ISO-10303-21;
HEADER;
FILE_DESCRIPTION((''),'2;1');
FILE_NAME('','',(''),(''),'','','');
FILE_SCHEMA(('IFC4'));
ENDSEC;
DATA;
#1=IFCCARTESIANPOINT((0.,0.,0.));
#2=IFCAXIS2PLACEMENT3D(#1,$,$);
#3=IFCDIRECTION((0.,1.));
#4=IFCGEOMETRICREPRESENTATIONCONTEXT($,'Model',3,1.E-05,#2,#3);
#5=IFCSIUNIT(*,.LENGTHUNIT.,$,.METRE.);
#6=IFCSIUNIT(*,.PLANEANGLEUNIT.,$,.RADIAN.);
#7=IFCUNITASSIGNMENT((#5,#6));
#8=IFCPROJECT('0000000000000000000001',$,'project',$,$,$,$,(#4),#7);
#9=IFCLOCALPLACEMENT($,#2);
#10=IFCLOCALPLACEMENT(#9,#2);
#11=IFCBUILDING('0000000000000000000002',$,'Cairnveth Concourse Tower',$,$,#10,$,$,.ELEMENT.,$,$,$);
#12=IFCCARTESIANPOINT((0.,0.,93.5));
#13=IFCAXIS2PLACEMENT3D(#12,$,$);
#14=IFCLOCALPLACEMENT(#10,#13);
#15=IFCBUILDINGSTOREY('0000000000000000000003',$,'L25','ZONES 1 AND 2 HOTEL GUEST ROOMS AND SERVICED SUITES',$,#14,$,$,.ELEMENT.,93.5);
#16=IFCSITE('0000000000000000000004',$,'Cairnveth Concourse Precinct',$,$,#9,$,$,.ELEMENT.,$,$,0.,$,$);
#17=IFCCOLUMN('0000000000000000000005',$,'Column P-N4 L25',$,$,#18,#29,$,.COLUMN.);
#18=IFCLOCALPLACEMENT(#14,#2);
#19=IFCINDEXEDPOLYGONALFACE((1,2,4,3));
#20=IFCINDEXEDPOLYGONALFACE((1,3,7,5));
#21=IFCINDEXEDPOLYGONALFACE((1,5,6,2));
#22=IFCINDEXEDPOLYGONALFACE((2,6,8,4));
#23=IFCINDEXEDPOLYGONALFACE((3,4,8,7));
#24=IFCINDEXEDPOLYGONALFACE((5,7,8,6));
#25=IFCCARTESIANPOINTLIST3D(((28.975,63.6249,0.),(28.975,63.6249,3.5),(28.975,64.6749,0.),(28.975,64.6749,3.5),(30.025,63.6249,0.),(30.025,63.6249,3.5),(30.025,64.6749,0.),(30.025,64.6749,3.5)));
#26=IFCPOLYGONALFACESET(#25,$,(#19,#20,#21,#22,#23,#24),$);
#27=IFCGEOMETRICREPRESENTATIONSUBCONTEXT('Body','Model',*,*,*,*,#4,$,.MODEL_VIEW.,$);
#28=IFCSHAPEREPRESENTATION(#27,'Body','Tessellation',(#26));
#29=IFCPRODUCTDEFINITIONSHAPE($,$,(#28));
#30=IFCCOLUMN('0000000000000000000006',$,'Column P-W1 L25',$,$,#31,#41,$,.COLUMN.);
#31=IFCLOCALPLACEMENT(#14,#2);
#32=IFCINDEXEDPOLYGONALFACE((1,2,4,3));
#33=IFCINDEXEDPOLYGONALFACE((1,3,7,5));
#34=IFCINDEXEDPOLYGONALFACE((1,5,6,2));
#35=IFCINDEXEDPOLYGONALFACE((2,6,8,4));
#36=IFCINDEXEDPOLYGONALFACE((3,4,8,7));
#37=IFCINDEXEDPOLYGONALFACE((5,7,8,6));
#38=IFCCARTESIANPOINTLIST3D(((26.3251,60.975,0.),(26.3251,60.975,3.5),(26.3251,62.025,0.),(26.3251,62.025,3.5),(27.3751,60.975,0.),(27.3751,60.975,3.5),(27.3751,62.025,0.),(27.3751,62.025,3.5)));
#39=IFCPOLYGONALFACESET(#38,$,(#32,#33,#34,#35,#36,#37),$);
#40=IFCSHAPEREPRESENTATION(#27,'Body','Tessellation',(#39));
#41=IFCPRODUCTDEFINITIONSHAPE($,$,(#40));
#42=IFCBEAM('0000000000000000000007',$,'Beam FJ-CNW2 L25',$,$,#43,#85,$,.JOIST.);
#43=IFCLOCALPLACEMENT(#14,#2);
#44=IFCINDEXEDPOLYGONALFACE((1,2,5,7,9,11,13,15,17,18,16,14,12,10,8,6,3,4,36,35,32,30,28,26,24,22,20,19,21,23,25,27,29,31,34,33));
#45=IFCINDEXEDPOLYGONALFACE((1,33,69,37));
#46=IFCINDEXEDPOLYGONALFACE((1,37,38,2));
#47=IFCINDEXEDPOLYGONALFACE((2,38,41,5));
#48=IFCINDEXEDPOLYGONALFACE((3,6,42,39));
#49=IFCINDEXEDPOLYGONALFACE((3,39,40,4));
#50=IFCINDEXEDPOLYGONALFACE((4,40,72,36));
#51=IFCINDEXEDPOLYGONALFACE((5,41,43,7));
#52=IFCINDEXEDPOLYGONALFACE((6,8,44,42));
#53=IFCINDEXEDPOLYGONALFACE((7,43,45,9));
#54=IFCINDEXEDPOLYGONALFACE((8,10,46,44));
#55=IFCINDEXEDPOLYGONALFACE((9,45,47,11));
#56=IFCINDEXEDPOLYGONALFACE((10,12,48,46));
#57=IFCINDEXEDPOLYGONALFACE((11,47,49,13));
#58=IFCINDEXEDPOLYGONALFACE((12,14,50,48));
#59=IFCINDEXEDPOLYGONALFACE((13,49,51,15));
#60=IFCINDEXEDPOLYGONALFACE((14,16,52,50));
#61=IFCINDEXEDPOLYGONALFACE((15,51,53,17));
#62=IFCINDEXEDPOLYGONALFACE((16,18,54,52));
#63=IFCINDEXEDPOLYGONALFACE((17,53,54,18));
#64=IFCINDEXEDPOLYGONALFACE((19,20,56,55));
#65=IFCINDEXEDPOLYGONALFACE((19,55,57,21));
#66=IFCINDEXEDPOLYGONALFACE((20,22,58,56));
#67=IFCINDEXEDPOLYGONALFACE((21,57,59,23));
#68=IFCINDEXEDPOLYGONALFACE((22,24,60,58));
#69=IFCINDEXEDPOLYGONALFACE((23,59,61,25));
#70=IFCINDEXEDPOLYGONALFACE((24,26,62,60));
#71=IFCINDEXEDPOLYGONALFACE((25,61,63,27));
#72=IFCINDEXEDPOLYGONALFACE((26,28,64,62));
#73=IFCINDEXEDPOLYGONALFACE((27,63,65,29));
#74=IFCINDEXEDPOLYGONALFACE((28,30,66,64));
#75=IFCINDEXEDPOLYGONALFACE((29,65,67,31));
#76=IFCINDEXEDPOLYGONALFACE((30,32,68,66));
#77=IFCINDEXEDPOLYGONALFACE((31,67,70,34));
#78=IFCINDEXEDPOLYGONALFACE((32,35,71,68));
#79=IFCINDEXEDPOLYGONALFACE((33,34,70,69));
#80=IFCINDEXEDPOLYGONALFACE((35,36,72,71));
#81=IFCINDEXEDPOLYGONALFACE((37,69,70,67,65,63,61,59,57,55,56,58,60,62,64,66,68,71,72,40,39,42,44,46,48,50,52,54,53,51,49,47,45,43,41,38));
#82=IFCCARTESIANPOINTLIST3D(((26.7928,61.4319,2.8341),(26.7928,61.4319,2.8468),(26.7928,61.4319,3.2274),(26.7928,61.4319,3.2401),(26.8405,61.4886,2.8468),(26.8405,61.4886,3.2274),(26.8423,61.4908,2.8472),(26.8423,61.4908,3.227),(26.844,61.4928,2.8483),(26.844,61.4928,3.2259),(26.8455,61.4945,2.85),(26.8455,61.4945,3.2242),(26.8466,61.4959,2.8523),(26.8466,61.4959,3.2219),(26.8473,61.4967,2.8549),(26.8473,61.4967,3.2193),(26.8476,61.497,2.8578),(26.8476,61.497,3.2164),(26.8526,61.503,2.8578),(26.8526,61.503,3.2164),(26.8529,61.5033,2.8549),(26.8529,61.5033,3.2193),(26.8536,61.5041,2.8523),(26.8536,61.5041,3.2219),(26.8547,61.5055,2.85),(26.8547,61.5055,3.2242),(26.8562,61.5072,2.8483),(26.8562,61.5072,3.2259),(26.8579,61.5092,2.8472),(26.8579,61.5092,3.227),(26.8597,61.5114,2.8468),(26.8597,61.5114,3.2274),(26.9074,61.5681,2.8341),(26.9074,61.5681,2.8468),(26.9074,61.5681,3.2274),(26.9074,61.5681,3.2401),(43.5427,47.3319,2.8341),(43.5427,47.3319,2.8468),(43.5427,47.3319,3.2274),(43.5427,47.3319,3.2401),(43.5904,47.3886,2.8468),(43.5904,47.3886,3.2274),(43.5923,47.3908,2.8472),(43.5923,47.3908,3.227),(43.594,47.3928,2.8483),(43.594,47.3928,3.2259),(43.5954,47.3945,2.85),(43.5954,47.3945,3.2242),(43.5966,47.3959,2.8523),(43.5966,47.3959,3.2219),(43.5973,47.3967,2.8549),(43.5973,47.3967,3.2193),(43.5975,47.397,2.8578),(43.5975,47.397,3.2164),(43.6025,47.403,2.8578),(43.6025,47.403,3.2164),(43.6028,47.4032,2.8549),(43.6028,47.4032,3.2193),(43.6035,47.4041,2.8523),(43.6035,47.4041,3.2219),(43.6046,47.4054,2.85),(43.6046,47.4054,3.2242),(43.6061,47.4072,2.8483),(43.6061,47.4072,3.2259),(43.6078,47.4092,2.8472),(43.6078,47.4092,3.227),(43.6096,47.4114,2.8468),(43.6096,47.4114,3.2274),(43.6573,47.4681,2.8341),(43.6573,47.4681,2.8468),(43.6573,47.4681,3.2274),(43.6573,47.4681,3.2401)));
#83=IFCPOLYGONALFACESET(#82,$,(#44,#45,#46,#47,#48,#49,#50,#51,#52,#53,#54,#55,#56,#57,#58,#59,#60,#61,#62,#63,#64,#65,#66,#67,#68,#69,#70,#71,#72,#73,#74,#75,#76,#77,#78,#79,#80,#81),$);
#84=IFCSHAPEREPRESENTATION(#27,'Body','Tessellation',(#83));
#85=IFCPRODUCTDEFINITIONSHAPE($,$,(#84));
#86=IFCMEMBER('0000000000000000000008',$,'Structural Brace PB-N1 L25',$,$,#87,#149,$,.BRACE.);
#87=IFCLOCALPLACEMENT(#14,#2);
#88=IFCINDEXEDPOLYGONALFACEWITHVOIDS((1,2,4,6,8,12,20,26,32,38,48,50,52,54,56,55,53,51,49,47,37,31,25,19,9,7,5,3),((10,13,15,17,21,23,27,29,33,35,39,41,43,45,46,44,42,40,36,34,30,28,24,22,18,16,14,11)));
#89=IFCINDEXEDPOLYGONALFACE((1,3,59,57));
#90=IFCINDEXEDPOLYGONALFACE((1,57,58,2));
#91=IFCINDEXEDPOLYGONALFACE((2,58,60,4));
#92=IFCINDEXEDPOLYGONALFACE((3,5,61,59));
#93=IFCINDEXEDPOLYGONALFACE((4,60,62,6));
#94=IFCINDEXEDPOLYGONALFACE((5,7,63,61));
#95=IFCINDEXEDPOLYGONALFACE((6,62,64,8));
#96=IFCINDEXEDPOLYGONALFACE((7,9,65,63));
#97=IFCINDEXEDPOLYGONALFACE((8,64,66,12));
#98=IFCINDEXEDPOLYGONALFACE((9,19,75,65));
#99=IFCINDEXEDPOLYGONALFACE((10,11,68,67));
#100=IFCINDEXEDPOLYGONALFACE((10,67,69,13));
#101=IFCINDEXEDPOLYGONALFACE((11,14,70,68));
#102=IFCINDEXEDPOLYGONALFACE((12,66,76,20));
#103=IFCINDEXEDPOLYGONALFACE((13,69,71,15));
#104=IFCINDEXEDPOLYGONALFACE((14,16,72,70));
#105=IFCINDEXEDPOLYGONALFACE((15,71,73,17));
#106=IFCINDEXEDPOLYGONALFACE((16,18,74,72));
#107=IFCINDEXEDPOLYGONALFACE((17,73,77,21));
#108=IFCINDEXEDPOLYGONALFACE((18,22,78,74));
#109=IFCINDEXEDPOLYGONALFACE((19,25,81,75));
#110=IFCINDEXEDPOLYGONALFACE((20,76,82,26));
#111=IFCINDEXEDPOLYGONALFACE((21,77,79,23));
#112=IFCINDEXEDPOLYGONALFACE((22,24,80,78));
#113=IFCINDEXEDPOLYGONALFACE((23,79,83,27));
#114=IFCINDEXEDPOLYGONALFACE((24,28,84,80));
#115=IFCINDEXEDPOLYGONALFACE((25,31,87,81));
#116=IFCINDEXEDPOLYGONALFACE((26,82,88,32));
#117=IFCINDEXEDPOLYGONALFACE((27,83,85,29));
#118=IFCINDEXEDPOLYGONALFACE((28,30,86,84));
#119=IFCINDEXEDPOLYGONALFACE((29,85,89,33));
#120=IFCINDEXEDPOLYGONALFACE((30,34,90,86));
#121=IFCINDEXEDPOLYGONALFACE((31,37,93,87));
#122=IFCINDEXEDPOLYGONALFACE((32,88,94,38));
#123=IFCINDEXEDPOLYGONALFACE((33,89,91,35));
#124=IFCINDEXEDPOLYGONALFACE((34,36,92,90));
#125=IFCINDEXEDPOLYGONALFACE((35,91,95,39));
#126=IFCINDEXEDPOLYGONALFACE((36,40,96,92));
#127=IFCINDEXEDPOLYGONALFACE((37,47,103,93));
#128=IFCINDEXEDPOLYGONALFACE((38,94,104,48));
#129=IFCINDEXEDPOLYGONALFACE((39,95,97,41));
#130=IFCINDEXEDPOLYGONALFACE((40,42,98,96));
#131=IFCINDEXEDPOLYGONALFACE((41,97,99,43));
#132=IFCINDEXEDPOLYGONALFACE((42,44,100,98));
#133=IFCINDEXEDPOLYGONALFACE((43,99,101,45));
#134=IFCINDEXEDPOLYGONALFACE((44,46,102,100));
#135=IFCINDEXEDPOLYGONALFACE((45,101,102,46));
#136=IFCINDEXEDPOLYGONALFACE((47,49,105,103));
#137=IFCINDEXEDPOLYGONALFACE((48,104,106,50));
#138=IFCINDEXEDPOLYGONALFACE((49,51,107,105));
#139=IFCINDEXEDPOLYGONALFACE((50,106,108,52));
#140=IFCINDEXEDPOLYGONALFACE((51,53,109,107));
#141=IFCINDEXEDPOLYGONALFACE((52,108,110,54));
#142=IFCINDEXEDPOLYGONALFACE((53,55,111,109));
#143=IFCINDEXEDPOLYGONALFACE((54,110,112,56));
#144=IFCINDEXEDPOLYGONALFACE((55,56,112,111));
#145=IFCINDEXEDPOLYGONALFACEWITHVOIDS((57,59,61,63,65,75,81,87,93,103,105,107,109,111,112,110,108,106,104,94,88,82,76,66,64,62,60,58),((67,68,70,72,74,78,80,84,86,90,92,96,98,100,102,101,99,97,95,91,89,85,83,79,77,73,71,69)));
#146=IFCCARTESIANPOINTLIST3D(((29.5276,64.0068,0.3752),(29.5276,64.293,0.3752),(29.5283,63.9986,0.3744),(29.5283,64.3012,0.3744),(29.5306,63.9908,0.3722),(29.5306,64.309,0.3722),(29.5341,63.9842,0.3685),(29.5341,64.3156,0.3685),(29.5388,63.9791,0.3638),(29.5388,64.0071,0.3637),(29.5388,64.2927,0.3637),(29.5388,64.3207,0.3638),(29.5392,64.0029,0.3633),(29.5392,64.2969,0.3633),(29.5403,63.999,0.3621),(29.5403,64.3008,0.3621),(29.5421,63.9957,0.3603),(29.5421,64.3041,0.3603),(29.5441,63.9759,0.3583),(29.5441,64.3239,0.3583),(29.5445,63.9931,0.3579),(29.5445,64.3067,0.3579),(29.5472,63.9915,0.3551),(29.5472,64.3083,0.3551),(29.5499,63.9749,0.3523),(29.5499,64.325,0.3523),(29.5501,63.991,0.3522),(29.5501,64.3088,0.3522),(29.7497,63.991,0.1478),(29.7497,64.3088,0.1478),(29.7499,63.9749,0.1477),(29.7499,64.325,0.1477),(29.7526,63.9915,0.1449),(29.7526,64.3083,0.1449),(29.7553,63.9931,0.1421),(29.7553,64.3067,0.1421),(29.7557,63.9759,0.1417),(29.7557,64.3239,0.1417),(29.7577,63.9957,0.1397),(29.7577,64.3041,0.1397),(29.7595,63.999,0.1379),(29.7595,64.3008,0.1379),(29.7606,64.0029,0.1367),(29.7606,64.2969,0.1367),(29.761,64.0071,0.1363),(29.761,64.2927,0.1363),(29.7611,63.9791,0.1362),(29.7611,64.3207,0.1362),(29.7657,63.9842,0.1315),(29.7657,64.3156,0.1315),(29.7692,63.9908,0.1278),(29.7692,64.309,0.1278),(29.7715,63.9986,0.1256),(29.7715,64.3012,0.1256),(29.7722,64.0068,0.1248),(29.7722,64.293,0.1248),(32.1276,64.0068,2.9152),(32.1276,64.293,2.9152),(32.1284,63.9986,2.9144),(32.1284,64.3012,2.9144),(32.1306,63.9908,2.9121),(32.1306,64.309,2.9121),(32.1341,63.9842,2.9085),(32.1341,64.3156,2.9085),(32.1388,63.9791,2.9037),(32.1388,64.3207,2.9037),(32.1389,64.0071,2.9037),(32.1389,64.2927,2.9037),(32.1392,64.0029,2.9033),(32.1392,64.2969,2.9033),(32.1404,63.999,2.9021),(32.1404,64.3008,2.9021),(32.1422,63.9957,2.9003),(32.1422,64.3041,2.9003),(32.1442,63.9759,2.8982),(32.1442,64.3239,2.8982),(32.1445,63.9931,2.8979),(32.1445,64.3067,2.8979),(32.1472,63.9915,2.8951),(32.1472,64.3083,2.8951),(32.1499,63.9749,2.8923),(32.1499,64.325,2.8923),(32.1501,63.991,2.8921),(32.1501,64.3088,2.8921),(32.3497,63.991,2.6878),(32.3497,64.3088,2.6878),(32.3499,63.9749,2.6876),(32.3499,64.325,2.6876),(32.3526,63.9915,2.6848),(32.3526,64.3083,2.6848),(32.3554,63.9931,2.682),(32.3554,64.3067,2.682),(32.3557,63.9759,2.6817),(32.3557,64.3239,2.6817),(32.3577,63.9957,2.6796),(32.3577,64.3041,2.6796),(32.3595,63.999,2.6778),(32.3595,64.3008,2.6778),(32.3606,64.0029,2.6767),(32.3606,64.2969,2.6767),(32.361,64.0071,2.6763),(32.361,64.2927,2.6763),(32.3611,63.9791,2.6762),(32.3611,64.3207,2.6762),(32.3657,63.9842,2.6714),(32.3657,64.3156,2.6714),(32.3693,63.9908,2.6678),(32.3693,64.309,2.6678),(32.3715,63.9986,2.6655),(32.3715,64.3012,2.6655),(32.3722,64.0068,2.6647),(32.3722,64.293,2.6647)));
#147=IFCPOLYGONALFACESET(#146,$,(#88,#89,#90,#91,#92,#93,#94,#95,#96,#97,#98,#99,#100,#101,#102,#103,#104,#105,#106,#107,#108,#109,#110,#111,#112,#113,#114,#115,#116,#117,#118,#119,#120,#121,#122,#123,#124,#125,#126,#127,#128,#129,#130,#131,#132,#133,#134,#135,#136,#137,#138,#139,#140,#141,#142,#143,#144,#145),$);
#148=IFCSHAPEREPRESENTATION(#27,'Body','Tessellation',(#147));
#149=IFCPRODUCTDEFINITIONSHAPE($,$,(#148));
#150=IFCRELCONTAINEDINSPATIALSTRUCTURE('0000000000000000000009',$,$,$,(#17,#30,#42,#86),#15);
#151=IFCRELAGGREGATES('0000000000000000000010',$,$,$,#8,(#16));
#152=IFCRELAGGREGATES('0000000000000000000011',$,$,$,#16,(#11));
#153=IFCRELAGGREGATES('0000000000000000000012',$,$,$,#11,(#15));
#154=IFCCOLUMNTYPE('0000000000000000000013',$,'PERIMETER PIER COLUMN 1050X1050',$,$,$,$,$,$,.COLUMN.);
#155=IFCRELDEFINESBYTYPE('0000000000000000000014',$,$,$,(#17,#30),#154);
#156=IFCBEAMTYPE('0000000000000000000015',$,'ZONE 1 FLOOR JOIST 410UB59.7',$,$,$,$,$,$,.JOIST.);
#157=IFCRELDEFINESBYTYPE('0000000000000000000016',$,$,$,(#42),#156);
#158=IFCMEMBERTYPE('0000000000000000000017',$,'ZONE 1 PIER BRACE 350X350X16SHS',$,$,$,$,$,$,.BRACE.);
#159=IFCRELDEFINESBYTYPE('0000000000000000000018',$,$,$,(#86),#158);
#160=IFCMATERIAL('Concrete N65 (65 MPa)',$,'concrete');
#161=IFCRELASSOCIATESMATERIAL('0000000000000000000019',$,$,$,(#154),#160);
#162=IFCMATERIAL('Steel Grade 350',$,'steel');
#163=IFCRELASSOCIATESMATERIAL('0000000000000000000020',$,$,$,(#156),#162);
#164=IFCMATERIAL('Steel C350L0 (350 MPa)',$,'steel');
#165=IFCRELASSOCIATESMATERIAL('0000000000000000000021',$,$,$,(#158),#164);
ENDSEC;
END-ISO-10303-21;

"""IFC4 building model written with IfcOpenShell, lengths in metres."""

from ifc_helpers import new_model, si_unit, direction, frame, origin, origin_2d, place, context, subcontext, project, spatial, rectangle, hollow_rectangle, i_section, extrude, material, material_profile, profile_set, type_object, element, save


model = new_model("IFC4")

# Units and contexts
model_context = context("Model", 3, precision=1e-05, world=origin(), true_north=direction((0.0, 1.0)))
body_context = subcontext(model_context, "Body", "Model", "MODEL_VIEW")
ifc_project = project(units=[si_unit("LENGTHUNIT", "METRE"), si_unit("PLANEANGLEUNIT", "RADIAN")], contexts=[model_context])

# Site, building, storey
site_placement = place(None, origin())
site = spatial("IfcSite", under=ifc_project, at=site_placement, Name="Cairnveth Concourse Precinct", CompositionType="ELEMENT", RefElevation=0.0)
building_placement = place(site_placement, origin())
building = spatial("IfcBuilding", under=site, at=building_placement, Name="Cairnveth Concourse Tower", CompositionType="ELEMENT")
storey_placement = place(building_placement, frame((0.0, 0.0, 93.5)))
storey = spatial("IfcBuildingStorey", under=building, at=storey_placement, Name="L25", Description="ZONES 1 AND 2 HOTEL GUEST ROOMS AND SERVICED SUITES", CompositionType="ELEMENT", Elevation=93.5)

# Columns
ifc_material_1 = material(Name="Concrete N65 (65 MPa)", Category="concrete")
ifc_material_profile_1 = material_profile(ifc_material_1, rectangle(XDim=1.05, YDim=1.05, at=origin_2d()), Name="RC-COL-1050x1050")
ifc_profile_set_1 = profile_set([ifc_material_profile_1], Name="Concrete N65 (65 MPa)")
column_type = type_object("IfcColumnType", Name="PERIMETER PIER COLUMN 1050X1050", PredefinedType="COLUMN", material=ifc_profile_set_1)
for number, where, z_axis, x_axis, name in (
    (1, (29.5, 64.1499, 0.0), (0.0, 0.0, 1.0), (1.0, 0.0, 0.0), "Column P-N4 L25"),
    (2, (26.8501, 61.5, 0.0), (0.0, 0.0, 1.0), (0.0, 1.0, 0.0), "Column P-W1 L25"),
):
    element("IfcColumn", number, at=place(storey_placement, frame(where, z_axis=z_axis, x_axis=x_axis)), inside=storey, type_object=column_type, Name=name, PredefinedType="COLUMN", context=body_context, shape_type="SweptSolid", body=[
        extrude(rectangle(XDim=1.05, YDim=1.05, at=origin_2d()), origin(), (0.0, 0.0, 1.0), 3.5),
    ])

# Beam
ifc_material_2 = material(Name="Steel Grade 350", Category="steel")
ifc_material_profile_2 = material_profile(ifc_material_2, i_section(OverallWidth=0.178, OverallDepth=0.406, WebThickness=0.0078, FlangeThickness=0.0127, FilletRadius=0.011, at=origin_2d()), Name="410UB59.7")
ifc_profile_set_2 = profile_set([ifc_material_profile_2], Name="Steel Grade 350")
beam_type_1 = type_object("IfcBeamType", Name="ZONE 1 FLOOR JOIST 410UB59.7", PredefinedType="JOIST", material=ifc_profile_set_2)
beam_1_placement = place(storey_placement, frame((26.8501, 61.5, 3.0371), z_axis=(0.765027, -0.643998, 0.0), x_axis=(0.643998, 0.765027, 0.0)))
element("IfcBeam", 3, at=beam_1_placement, inside=storey, type_object=beam_type_1, Name="Beam FJ-CNW2 L25", PredefinedType="JOIST", context=body_context, shape_type="SweptSolid", body=[
    extrude(i_section(OverallWidth=0.178, OverallDepth=0.406, WebThickness=0.0078, FlangeThickness=0.0127, FilletRadius=0.011, at=origin_2d()), origin(), (0.0, 0.0, 1.0), 21.8945),
])

# Member
ifc_material_3 = material(Name="Steel C350L0 (350 MPa)", Category="steel")
ifc_material_profile_3 = material_profile(ifc_material_3, hollow_rectangle(XDim=0.3501, YDim=0.3501, WallThickness=0.0161, InnerFilletRadius=0.0161, OuterFilletRadius=0.032, at=origin_2d()), Name="350x350x16.0SHS")
ifc_profile_set_3 = profile_set([ifc_material_profile_3], Name="Steel C350L0 (350 MPa)")
member_type = type_object("IfcMemberType", Name="ZONE 1 PIER BRACE 350X350X16SHS", PredefinedType="BRACE", material=ifc_profile_set_3)
for number, where, z_axis, x_axis, name in (
    (4, (29.6499, 64.1499, 0.25), (0.71532, 0.0, 0.698797), (0.0, 1.0, 0.0), "Structural Brace PB-N1 L25"),
):
    element("IfcMember", number, at=place(storey_placement, frame(where, z_axis=z_axis, x_axis=x_axis)), inside=storey, type_object=member_type, Name=name, PredefinedType="BRACE", context=body_context, shape_type="SweptSolid", body=[
        extrude(hollow_rectangle(XDim=0.3501, YDim=0.3501, WallThickness=0.0161, InnerFilletRadius=0.0161, OuterFilletRadius=0.032, at=origin_2d()), origin(), (0.0, 0.0, 1.0), 3.6348),
    ])

save(model, "model.ifc")
